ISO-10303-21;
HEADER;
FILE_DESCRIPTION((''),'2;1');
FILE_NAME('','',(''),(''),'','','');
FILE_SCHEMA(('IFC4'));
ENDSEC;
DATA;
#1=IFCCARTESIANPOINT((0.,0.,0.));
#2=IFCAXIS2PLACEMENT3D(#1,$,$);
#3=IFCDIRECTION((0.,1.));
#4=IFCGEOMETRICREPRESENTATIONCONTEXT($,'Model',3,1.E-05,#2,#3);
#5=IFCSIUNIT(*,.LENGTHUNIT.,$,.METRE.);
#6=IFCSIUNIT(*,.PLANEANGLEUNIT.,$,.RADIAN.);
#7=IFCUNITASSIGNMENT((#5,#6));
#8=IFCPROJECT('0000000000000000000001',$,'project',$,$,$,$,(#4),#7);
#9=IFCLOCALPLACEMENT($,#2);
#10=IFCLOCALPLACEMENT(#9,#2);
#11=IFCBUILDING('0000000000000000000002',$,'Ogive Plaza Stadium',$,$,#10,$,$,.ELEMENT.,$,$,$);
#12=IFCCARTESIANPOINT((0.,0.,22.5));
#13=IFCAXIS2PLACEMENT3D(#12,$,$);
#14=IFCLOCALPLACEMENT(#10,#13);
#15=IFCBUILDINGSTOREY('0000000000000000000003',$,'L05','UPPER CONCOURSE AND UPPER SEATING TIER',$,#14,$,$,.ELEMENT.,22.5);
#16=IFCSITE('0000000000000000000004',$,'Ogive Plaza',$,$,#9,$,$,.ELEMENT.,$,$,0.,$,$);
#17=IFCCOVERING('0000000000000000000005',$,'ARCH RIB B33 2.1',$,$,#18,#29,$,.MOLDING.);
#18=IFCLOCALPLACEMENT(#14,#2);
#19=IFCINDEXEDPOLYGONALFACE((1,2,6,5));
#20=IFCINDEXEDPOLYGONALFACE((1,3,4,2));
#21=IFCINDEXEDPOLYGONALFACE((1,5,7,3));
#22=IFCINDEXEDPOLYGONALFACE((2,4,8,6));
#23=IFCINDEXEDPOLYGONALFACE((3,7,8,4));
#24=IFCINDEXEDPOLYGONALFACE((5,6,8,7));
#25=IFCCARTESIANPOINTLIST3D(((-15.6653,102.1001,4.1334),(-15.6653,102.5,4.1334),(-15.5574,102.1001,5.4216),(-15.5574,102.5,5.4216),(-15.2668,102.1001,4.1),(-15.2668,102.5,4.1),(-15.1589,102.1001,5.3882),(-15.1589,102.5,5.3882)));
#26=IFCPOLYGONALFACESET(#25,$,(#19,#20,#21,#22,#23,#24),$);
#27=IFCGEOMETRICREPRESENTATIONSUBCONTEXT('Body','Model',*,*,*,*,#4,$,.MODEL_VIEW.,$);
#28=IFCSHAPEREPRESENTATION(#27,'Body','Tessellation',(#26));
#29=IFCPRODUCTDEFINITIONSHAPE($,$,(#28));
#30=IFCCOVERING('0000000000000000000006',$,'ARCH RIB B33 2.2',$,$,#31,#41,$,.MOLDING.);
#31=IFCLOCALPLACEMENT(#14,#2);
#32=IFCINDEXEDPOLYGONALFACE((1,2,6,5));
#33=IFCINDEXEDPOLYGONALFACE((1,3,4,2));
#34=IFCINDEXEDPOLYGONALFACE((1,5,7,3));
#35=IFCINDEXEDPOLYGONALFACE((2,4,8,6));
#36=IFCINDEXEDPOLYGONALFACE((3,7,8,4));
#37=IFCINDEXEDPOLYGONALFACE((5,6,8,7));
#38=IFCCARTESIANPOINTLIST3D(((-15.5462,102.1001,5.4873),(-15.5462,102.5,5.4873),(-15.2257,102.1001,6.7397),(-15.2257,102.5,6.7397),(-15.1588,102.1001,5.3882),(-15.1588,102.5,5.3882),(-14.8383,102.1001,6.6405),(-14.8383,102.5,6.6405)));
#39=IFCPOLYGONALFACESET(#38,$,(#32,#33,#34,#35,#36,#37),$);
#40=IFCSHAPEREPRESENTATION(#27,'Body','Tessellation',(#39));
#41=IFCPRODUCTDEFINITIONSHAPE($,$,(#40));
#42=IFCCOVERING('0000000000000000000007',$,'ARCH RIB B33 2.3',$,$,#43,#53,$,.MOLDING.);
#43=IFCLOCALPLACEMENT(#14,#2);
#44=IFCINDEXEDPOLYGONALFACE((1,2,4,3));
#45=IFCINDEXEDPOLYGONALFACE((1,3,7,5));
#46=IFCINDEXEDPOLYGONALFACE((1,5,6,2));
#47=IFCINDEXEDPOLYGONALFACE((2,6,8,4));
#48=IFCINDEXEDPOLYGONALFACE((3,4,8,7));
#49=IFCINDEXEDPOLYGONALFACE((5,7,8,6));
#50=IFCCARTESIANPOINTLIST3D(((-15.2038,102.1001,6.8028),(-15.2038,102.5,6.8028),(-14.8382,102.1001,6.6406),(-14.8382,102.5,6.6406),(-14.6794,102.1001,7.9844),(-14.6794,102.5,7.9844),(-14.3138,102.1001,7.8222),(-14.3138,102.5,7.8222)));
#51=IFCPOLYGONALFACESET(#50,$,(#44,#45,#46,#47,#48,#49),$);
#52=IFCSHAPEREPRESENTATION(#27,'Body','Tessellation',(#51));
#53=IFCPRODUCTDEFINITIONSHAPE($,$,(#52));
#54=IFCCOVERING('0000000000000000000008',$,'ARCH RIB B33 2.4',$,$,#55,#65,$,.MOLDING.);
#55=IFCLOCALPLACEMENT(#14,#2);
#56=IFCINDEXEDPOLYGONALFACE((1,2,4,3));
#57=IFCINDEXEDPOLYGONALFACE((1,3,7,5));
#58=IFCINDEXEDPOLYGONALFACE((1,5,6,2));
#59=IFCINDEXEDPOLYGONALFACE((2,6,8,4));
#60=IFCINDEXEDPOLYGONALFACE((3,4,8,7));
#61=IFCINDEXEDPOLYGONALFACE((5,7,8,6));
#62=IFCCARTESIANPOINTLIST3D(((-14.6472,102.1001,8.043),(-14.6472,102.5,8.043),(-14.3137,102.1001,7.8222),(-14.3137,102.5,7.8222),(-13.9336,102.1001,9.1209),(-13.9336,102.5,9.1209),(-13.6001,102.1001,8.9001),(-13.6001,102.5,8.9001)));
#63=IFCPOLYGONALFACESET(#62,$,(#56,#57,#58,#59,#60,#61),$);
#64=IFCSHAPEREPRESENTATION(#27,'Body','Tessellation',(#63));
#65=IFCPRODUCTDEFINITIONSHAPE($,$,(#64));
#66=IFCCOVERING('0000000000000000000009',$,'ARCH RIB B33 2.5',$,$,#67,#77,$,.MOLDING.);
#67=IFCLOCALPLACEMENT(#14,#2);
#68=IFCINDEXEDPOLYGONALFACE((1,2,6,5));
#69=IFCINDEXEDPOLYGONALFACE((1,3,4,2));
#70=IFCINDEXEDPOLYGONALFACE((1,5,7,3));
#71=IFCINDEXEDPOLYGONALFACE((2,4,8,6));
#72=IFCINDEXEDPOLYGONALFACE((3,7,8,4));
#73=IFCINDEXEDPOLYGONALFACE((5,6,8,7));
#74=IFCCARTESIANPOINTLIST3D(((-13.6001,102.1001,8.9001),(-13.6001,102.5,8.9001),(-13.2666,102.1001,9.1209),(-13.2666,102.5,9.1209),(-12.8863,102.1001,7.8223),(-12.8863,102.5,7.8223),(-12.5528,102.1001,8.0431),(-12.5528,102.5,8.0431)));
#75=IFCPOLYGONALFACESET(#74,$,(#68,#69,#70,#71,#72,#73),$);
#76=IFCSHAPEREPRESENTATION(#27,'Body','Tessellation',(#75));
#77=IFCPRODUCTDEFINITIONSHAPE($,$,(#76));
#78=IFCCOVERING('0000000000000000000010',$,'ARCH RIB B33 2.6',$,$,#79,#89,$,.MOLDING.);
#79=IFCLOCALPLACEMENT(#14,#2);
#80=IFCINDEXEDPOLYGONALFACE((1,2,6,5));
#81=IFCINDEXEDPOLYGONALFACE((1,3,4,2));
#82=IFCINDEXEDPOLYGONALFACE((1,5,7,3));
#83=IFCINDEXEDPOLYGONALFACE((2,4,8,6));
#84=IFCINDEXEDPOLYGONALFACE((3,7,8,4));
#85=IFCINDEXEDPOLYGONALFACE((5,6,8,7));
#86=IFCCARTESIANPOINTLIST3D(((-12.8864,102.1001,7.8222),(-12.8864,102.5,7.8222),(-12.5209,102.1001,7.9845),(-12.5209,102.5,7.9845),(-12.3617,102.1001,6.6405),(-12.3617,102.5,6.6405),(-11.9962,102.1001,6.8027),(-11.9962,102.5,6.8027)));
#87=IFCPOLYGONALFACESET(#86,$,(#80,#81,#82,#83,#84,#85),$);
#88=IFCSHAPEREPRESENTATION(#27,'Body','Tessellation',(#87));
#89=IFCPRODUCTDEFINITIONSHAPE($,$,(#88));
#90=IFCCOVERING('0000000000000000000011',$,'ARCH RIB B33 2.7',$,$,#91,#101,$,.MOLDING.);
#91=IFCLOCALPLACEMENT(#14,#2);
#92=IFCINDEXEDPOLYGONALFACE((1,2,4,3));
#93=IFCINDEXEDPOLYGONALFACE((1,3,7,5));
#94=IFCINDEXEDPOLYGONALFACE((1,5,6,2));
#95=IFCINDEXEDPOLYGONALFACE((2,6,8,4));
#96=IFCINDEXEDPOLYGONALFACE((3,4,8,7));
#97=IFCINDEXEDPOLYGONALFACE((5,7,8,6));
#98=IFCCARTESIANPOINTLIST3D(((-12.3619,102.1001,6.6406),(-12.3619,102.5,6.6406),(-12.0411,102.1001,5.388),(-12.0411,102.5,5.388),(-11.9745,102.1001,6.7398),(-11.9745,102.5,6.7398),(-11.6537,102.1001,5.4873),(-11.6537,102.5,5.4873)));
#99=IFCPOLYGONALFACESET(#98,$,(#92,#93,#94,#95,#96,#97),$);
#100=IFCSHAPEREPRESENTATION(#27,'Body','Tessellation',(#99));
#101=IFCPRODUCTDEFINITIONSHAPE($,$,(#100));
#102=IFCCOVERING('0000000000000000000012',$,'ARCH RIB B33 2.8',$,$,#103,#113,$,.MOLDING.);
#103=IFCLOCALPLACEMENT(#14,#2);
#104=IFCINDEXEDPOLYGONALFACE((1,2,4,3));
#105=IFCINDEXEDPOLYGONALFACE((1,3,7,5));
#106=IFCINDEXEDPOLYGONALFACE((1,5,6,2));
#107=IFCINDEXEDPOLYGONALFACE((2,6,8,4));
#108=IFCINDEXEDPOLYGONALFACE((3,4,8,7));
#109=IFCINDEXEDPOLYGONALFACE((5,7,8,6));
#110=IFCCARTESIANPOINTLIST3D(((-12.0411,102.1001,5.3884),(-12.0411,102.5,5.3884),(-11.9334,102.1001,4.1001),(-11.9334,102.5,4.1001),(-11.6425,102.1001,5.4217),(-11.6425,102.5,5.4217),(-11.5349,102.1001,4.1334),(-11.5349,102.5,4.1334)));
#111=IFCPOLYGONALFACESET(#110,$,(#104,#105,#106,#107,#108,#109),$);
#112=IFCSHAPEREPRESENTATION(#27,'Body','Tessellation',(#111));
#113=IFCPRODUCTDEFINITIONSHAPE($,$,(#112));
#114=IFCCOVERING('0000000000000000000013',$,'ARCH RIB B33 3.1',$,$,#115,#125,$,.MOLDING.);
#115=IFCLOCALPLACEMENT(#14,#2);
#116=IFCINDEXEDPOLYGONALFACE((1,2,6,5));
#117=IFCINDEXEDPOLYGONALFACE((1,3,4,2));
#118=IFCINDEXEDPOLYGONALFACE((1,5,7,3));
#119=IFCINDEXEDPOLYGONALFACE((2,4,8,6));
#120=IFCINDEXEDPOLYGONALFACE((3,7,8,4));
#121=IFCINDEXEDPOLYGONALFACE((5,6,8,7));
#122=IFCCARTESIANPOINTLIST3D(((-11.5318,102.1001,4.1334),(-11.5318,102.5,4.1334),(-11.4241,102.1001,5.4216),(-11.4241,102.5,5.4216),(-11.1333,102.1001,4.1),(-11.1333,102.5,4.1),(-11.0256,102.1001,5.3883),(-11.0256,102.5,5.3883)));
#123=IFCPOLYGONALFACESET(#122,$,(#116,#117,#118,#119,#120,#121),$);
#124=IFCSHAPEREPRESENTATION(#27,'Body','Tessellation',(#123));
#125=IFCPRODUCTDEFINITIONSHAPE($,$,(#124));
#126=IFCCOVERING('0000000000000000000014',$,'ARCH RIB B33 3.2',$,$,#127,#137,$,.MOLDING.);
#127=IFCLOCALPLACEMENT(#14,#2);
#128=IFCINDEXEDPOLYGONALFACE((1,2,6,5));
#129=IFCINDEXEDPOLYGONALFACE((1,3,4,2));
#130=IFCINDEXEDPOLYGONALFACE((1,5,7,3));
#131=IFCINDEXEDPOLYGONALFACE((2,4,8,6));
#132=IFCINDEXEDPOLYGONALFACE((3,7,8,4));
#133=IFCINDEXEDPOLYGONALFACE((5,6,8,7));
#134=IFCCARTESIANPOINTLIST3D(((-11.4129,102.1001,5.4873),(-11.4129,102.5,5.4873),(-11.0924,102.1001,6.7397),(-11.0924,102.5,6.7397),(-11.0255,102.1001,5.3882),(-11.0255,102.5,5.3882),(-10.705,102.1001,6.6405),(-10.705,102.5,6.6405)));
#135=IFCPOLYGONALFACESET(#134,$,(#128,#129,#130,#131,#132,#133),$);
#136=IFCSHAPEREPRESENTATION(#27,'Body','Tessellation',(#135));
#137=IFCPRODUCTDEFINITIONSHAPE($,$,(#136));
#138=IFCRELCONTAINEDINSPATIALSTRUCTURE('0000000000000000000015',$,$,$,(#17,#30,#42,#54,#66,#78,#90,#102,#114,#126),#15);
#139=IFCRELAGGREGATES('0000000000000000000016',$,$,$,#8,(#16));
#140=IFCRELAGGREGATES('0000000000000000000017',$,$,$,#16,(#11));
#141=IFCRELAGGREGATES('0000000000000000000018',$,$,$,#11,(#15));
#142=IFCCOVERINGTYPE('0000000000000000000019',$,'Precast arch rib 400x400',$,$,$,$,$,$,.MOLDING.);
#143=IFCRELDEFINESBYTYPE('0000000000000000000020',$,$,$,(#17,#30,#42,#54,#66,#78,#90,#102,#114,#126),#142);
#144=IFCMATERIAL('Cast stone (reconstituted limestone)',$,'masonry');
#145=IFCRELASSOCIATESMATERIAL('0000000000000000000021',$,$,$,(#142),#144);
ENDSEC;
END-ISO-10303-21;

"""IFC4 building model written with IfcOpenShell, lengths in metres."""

from ifc_helpers import new_model, si_unit, direction, frame, origin, origin_2d, place, context, subcontext, project, spatial, rectangle, extrude, material, material_profile, profile_set, type_object, element, save


model = new_model("IFC4")

# Units and contexts
model_context = context("Model", 3, precision=1e-05, world=origin(), true_north=direction((0.0, 1.0)))
body_context = subcontext(model_context, "Body", "Model", "MODEL_VIEW")
ifc_project = project(units=[si_unit("LENGTHUNIT", "METRE"), si_unit("PLANEANGLEUNIT", "RADIAN")], contexts=[model_context])

# Site, building, storey
site_placement = place(None, origin())
site = spatial("IfcSite", under=ifc_project, at=site_placement, Name="Ogive Plaza", CompositionType="ELEMENT", RefElevation=0.0)
building_placement = place(site_placement, origin())
building = spatial("IfcBuilding", under=site, at=building_placement, Name="Ogive Plaza Stadium", CompositionType="ELEMENT")
storey_placement = place(building_placement, frame((0.0, 0.0, 22.5)))
storey = spatial("IfcBuildingStorey", under=building, at=storey_placement, Name="L05", Description="UPPER CONCOURSE AND UPPER SEATING TIER", CompositionType="ELEMENT", Elevation=22.5)

# Coverings
ifc_material_1 = material(Name="Cast stone (reconstituted limestone)", Category="masonry")
ifc_material_profile_1 = material_profile(ifc_material_1, rectangle(XDim=0.3999, YDim=0.3999, at=origin_2d()), Name="Cast stone 400x400")
ifc_profile_set_1 = profile_set([ifc_material_profile_1], Name="Cast stone (reconstituted limestone)")
covering_type = type_object("IfcCoveringType", Name="Precast arch rib 400x400", PredefinedType="MOLDING", material=ifc_profile_set_1)
for number, where, z_axis, x_axis, name in (
    (1, (-15.4661, 102.3, 4.1167), (0.083467, 0.0, 0.996511), (0.0, 1.0, 0.0), "ARCH RIB B33 2.1"),
    (2, (-15.3525, 102.3, 5.4377), (0.247953, 0.0, 0.968772), (0.0, 1.0, 0.0), "ARCH RIB B33 2.2"),
    (3, (-15.021, 102.3, 6.7217), (0.405648, 0.0, 0.914029), (0.0, 1.0, 0.0), "ARCH RIB B33 2.3"),
    (4, (-14.4805, 102.3, 7.9326), (0.552039, 0.0, 0.833818), (0.0, 1.0, 0.0), "ARCH RIB B33 2.4"),
    (5, (-13.4333, 102.3, 9.0105), (0.55217, 0.0, -0.833731), (0.0, 1.0, 0.0), "ARCH RIB B33 2.5"),
):
    element("IfcCovering", number, at=place(storey_placement, frame(where, z_axis=z_axis, x_axis=x_axis)), inside=storey, type_object=covering_type, Name=name, PredefinedType="MOLDING", context=body_context, shape_type="SweptSolid", body=[
        extrude(rectangle(XDim=0.3999, YDim=0.3999, at=origin_2d()), origin(), (0.0, 0.0, 1.0), 1.2927),
    ])
for number, where, z_axis, x_axis, name in (
    (6, (-12.7036, 102.3, 7.9033), (0.405806, 0.0, -0.913959), (0.0, 1.0, 0.0), "ARCH RIB B33 2.6"),
    (7, (-12.1682, 102.3, 6.6902), (0.24813, 0.0, -0.968727), (0.0, 1.0, 0.0), "ARCH RIB B33 2.7"),
):
    element("IfcCovering", number, at=place(storey_placement, frame(where, z_axis=z_axis, x_axis=x_axis)), inside=storey, type_object=covering_type, Name=name, PredefinedType="MOLDING", context=body_context, shape_type="SweptSolid", body=[
        extrude(rectangle(XDim=0.3999, YDim=0.3999, at=origin_2d()), origin(), (0.0, 0.0, 1.0), 1.293),
    ])
for number, where, z_axis, x_axis, name in (
    (8, (-11.8418, 102.3, 5.405), (0.08328, 0.0, -0.996526), (0.0, 1.0, 0.0), "ARCH RIB B33 2.8"),
    (9, (-11.3325, 102.3, 4.1167), (0.08328, 0.0, 0.996526), (0.0, 1.0, 0.0), "ARCH RIB B33 3.1"),
    (10, (-11.2192, 102.3, 5.4377), (0.247953, 0.0, 0.968772), (0.0, 1.0, 0.0), "ARCH RIB B33 3.2"),
):
    element("IfcCovering", number, at=place(storey_placement, frame(where, z_axis=z_axis, x_axis=x_axis)), inside=storey, type_object=covering_type, Name=name, PredefinedType="MOLDING", context=body_context, shape_type="SweptSolid", body=[
        extrude(rectangle(XDim=0.3999, YDim=0.3999, at=origin_2d()), origin(), (0.0, 0.0, 1.0), 1.2927),
    ])

save(model, "model.ifc")
